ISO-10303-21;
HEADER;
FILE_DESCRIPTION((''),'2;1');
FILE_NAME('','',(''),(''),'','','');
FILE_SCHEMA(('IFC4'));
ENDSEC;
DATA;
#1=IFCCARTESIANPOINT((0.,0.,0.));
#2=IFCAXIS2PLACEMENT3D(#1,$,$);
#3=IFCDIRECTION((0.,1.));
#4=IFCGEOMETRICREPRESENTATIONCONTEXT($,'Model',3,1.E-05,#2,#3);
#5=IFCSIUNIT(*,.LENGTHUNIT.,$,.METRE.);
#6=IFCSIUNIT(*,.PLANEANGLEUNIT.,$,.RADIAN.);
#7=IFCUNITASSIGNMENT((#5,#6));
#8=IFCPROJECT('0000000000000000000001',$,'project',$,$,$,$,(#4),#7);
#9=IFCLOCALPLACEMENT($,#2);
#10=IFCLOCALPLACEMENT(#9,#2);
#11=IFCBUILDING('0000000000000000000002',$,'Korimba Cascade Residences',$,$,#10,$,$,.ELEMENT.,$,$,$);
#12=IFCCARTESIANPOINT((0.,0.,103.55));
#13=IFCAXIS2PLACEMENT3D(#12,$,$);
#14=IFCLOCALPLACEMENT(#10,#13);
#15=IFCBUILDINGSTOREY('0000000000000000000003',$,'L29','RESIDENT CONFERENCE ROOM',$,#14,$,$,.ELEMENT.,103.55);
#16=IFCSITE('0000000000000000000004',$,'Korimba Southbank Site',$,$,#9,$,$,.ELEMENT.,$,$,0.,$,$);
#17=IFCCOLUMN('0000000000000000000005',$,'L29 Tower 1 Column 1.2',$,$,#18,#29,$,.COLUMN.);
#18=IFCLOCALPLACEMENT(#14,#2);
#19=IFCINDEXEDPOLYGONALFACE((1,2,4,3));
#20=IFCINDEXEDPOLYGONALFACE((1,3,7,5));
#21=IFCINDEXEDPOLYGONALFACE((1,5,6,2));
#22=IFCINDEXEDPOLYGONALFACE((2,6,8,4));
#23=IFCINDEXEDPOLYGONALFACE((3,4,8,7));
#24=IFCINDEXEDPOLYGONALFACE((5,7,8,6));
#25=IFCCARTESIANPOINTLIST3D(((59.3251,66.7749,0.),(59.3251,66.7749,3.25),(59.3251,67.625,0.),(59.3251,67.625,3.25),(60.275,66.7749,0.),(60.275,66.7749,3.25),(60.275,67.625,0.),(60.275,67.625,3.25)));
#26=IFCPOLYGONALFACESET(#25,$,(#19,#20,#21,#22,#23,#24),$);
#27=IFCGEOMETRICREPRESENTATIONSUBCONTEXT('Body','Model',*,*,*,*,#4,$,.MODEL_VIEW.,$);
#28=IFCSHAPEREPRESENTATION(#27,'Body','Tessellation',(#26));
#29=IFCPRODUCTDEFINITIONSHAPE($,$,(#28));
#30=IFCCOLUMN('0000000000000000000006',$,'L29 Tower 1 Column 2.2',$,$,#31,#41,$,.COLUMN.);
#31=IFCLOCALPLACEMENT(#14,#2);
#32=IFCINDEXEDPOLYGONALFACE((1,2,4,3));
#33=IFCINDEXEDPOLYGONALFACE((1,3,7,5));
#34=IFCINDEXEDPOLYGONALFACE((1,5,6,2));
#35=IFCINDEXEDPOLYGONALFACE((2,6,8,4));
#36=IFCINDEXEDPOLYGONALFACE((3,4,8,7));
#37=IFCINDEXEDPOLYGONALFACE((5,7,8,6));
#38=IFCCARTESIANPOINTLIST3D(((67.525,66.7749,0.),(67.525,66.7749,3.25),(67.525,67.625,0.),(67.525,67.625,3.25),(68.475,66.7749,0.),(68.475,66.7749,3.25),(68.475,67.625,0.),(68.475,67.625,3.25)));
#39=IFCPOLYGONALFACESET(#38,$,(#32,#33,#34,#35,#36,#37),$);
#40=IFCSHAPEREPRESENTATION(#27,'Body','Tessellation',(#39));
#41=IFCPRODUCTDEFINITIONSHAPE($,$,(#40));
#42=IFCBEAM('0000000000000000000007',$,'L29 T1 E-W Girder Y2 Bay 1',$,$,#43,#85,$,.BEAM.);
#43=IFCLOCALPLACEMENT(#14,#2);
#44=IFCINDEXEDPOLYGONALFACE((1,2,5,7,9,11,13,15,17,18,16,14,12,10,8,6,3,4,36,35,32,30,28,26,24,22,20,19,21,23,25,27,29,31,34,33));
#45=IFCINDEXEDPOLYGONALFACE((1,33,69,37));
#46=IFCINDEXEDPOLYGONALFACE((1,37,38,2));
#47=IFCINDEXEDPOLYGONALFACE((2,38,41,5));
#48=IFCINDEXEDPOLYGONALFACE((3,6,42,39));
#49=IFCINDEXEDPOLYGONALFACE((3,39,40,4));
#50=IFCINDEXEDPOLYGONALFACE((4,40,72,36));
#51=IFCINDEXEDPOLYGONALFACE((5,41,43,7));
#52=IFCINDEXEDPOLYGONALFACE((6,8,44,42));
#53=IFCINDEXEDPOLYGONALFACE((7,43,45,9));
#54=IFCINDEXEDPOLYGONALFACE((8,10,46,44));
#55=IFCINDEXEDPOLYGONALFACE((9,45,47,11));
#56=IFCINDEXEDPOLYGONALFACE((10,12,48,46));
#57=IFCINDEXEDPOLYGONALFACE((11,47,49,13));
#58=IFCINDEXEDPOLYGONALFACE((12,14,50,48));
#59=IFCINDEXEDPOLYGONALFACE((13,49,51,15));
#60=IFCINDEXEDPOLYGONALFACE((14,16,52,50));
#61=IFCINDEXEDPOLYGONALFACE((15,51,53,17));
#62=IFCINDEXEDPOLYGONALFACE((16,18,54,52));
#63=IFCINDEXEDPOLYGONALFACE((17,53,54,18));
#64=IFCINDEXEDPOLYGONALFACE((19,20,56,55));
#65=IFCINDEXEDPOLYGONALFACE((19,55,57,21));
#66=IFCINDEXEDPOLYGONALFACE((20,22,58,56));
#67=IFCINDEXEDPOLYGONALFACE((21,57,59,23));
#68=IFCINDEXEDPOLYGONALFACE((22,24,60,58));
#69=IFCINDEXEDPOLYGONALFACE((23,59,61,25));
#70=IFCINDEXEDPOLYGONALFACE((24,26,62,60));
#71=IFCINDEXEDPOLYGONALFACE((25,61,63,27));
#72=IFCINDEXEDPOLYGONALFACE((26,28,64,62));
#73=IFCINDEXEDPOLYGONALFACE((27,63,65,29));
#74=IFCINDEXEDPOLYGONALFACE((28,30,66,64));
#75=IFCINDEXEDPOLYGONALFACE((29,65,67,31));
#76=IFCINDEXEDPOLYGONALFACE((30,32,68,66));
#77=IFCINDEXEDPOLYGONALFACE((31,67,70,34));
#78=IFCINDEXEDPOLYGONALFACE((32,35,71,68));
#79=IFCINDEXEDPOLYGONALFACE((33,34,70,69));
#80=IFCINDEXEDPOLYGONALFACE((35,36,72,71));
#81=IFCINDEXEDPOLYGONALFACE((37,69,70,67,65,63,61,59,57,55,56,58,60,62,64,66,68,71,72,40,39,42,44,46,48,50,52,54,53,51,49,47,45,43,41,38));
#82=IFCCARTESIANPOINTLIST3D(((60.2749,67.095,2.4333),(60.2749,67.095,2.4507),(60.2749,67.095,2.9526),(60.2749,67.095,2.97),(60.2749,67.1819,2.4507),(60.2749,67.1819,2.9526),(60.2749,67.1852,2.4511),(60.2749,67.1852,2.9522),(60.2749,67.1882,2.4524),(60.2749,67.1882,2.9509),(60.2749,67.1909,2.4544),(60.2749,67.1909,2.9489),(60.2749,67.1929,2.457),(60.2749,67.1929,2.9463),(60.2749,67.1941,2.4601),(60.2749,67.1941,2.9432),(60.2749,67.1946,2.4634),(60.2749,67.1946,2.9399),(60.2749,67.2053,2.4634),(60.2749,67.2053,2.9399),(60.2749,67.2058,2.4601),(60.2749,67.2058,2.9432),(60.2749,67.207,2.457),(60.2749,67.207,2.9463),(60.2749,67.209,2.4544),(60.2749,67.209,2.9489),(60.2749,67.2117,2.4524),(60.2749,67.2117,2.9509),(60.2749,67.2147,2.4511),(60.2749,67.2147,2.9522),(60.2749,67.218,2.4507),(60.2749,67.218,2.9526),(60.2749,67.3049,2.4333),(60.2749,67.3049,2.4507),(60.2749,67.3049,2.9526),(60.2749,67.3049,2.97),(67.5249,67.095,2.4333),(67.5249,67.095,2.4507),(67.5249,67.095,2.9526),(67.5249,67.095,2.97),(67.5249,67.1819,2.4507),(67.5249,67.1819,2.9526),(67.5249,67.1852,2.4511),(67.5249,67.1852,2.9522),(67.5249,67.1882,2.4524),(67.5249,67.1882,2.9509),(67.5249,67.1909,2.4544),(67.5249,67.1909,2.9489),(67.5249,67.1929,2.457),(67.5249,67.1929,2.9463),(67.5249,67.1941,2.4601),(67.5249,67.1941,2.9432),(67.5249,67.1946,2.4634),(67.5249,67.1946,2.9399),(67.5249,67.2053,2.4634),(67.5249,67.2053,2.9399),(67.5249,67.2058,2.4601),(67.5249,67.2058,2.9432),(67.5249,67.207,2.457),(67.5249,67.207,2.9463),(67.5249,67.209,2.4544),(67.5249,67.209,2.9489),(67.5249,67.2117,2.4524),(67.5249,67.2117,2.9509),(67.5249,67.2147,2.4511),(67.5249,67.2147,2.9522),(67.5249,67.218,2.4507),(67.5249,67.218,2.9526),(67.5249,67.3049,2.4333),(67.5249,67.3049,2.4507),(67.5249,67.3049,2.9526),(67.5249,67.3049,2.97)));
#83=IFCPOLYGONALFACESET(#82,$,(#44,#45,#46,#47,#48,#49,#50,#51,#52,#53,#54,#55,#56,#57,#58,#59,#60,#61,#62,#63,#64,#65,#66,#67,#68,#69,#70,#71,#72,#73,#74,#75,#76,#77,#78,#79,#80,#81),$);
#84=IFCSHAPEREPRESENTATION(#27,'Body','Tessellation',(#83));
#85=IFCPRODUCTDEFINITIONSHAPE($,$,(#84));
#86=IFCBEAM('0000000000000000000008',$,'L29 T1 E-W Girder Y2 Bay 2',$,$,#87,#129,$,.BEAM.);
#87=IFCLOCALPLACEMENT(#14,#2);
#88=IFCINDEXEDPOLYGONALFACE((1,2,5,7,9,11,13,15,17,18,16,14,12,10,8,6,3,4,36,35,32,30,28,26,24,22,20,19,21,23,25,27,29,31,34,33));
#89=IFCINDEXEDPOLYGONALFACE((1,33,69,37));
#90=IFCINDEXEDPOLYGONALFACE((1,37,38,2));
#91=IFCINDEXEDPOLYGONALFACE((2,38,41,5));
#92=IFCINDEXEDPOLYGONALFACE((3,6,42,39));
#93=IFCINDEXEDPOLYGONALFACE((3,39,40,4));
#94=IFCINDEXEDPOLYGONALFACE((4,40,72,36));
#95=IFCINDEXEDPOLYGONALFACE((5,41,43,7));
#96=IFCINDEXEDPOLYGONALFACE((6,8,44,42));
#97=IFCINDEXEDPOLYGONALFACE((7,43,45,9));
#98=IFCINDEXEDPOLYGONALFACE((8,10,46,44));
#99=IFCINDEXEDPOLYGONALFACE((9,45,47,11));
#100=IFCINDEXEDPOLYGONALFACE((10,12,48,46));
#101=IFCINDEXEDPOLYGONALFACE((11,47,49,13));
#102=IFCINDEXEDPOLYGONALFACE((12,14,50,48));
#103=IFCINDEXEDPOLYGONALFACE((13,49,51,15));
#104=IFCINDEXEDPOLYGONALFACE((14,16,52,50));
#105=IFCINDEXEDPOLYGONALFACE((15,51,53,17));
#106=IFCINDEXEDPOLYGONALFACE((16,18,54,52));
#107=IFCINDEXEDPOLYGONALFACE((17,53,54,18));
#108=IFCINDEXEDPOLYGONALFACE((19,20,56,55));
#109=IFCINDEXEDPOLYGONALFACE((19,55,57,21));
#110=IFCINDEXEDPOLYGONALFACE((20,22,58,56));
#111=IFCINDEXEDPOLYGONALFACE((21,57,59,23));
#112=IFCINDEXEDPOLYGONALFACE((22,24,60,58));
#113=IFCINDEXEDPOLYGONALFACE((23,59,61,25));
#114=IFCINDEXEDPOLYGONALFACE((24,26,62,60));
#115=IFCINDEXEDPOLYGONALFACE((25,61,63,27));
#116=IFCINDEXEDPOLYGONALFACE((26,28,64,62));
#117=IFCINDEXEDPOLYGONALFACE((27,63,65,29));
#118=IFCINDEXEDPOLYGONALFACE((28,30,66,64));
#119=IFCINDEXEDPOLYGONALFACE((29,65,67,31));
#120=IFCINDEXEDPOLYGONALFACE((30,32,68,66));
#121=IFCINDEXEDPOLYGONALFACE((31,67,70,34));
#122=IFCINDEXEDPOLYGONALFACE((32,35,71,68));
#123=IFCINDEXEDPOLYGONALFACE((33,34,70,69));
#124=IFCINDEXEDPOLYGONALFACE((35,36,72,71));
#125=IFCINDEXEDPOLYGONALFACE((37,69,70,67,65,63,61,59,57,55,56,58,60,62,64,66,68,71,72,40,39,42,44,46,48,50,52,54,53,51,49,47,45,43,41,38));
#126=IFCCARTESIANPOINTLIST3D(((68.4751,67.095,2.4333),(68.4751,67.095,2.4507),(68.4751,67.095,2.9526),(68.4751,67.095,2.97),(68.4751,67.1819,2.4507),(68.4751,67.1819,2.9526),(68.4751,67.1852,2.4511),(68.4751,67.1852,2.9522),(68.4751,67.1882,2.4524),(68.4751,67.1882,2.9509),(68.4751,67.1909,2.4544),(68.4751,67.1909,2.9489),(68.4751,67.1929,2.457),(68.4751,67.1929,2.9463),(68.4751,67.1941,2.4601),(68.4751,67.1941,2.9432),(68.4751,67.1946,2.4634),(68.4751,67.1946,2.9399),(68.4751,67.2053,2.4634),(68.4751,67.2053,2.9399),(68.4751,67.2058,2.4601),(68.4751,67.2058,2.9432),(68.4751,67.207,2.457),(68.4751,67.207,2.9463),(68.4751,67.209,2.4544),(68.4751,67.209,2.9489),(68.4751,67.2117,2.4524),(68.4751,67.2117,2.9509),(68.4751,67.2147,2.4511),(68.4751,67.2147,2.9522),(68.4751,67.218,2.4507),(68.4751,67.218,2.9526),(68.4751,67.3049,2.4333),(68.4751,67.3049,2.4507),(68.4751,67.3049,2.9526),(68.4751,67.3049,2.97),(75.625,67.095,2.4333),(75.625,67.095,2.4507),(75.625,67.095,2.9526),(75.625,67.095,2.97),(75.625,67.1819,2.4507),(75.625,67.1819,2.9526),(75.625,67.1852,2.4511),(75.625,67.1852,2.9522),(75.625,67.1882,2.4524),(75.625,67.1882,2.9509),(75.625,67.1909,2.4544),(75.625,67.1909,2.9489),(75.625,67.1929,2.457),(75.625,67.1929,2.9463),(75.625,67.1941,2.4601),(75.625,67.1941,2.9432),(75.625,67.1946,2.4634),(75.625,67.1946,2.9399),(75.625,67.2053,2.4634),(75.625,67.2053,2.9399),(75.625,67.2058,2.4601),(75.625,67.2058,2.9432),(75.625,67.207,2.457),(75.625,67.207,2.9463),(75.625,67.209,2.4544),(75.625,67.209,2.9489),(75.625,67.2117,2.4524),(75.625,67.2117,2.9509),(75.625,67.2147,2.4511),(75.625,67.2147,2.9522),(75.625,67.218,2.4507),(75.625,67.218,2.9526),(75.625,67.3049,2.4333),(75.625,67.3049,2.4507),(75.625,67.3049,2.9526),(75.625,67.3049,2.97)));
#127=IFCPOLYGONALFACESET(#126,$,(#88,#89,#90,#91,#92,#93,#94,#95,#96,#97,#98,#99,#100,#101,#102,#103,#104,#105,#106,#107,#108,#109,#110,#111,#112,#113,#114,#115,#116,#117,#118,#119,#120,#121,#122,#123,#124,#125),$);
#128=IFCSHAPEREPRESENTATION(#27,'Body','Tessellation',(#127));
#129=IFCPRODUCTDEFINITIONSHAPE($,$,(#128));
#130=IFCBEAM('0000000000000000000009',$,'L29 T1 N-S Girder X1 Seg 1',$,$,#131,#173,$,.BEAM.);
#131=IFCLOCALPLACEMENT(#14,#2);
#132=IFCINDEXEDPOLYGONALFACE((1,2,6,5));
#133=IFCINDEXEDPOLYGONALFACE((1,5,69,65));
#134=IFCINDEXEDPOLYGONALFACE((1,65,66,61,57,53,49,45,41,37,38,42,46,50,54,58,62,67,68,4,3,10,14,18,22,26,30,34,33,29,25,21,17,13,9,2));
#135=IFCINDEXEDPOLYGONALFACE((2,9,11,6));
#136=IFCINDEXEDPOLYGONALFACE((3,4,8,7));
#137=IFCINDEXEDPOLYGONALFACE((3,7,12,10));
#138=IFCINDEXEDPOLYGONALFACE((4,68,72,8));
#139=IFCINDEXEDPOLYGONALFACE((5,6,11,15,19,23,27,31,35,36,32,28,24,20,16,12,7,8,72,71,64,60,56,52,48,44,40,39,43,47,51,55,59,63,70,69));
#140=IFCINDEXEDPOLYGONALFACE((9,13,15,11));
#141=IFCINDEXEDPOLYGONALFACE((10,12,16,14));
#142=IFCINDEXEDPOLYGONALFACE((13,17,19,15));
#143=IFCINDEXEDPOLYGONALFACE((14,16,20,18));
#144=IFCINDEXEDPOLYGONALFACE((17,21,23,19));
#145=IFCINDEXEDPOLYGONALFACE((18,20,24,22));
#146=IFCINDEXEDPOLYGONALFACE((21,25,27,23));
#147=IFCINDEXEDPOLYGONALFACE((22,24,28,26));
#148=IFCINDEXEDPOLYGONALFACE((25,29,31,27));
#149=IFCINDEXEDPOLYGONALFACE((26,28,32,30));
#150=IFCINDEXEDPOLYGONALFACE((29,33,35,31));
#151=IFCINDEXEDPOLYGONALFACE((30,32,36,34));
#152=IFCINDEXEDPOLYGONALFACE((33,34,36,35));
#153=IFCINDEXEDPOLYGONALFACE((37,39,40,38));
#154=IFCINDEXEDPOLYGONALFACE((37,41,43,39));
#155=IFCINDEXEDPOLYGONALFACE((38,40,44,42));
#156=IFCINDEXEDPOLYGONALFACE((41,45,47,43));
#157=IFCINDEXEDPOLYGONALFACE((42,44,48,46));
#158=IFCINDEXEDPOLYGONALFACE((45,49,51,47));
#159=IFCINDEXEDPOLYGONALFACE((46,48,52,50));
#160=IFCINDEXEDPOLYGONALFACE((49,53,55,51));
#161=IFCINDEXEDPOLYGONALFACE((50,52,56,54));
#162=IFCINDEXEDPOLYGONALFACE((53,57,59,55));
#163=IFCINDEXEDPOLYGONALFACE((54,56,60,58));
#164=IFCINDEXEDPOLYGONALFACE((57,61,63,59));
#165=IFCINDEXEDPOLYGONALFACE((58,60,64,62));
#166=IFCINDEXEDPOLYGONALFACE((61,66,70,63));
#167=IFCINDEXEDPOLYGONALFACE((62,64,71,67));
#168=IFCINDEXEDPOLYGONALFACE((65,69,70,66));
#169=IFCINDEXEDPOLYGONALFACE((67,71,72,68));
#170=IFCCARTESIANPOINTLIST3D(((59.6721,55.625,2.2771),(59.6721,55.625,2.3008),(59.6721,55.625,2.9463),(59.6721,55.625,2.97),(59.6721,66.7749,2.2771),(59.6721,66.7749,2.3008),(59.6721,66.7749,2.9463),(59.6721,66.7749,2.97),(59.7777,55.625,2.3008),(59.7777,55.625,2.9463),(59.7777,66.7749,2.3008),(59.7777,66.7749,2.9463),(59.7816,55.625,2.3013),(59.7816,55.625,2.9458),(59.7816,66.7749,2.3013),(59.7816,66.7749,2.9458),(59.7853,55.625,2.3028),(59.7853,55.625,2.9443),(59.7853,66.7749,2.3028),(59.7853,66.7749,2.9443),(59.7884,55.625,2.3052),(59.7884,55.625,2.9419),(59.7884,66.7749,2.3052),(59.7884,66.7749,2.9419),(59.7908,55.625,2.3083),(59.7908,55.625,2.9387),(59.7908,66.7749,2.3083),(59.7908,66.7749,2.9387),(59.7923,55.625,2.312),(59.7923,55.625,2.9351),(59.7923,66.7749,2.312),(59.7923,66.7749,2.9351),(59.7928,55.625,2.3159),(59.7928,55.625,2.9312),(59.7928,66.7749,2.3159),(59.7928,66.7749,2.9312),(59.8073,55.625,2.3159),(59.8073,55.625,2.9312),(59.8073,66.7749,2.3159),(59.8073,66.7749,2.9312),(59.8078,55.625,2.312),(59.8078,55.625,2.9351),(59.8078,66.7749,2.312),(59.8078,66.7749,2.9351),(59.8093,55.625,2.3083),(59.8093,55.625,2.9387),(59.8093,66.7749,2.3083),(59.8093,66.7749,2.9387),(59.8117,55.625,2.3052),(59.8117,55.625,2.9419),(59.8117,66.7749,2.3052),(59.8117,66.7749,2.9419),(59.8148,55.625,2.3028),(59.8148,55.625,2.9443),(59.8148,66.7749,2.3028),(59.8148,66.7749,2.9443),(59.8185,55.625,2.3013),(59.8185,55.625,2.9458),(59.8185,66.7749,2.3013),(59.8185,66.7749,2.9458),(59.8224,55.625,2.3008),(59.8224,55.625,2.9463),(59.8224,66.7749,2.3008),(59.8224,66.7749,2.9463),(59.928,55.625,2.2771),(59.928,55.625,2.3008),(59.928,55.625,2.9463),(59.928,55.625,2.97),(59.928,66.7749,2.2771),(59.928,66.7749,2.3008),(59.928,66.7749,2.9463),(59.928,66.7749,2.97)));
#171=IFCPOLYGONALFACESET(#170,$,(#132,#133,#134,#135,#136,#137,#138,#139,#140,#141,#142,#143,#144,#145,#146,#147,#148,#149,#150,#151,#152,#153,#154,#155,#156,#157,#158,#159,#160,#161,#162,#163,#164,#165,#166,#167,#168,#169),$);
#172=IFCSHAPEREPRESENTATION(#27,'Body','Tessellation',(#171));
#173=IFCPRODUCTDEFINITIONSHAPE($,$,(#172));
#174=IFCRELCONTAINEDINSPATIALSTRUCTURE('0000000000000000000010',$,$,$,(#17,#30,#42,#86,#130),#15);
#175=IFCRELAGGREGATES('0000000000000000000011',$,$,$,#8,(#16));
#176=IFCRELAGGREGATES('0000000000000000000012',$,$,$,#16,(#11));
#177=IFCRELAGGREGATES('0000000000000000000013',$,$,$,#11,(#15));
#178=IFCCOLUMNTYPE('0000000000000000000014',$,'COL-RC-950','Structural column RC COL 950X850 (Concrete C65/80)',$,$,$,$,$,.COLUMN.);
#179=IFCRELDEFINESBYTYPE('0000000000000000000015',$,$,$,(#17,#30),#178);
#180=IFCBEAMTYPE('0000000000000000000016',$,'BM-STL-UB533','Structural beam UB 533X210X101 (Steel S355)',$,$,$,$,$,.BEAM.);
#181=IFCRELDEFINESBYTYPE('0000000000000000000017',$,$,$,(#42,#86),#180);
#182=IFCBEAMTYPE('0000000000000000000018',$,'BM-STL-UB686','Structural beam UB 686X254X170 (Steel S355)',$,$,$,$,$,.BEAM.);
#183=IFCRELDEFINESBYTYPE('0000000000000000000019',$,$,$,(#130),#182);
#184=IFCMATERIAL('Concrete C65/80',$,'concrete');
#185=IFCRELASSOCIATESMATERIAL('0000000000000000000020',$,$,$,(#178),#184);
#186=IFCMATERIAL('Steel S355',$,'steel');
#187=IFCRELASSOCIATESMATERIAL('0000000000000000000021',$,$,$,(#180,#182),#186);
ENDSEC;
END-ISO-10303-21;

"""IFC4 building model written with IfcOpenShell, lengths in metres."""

from ifc_helpers import new_model, si_unit, direction, frame, origin, origin_2d, place, context, subcontext, project, spatial, rectangle, i_section, extrude, material, material_profile, profile_set, type_object, element, save


model = new_model("IFC4")

# Units and contexts
model_context = context("Model", 3, precision=1e-05, world=origin(), true_north=direction((0.0, 1.0)))
body_context = subcontext(model_context, "Body", "Model", "MODEL_VIEW")
ifc_project = project(units=[si_unit("LENGTHUNIT", "METRE"), si_unit("PLANEANGLEUNIT", "RADIAN")], contexts=[model_context])

# Site, building, storey
site_placement = place(None, origin())
site = spatial("IfcSite", under=ifc_project, at=site_placement, Name="Korimba Southbank Site", CompositionType="ELEMENT", RefElevation=0.0)
building_placement = place(site_placement, origin())
building = spatial("IfcBuilding", under=site, at=building_placement, Name="Korimba Cascade Residences", CompositionType="ELEMENT")
storey_placement = place(building_placement, frame((0.0, 0.0, 103.55)))
storey = spatial("IfcBuildingStorey", under=building, at=storey_placement, Name="L29", Description="RESIDENT CONFERENCE ROOM", CompositionType="ELEMENT", Elevation=103.55)

# Columns
ifc_material_1 = material(Name="Concrete C65/80", Category="concrete")
ifc_material_profile_1 = material_profile(ifc_material_1, rectangle(XDim=0.95, YDim=0.8501, at=origin_2d()), Name="Concrete C65/80")
ifc_profile_set_1 = profile_set([ifc_material_profile_1], Name="Concrete C65/80")
column_type = type_object("IfcColumnType", Name="COL-RC-950", Description="Structural column RC COL 950X850 (Concrete C65/80)", PredefinedType="COLUMN", material=ifc_profile_set_1)
for number, where, z_axis, x_axis, name in (
    (1, (59.8, 67.2, 0.0), (0.0, 0.0, 1.0), (1.0, 0.0, 0.0), "L29 Tower 1 Column 1.2"),
    (2, (68.0, 67.2, 0.0), (0.0, 0.0, 1.0), (1.0, 0.0, 0.0), "L29 Tower 1 Column 2.2"),
):
    element("IfcColumn", number, at=place(storey_placement, frame(where, z_axis=z_axis, x_axis=x_axis)), inside=storey, type_object=column_type, Name=name, PredefinedType="COLUMN", context=body_context, shape_type="SweptSolid", body=[
        extrude(rectangle(XDim=0.95, YDim=0.8501, at=origin_2d()), origin(), (0.0, 0.0, 1.0), 3.25),
    ])

# Beams
ifc_material_2 = material(Name="Steel S355", Category="steel")
ifc_material_profile_2 = material_profile(ifc_material_2, i_section(OverallWidth=0.21, OverallDepth=0.5366, WebThickness=0.0107, FlangeThickness=0.0173, FilletRadius=0.0127, at=origin_2d()), Name="Steel S355")
ifc_profile_set_2 = profile_set([ifc_material_profile_2], Name="Steel S355")
beam_type_1 = type_object("IfcBeamType", Name="BM-STL-UB533", Description="Structural beam UB 533X210X101 (Steel S355)", PredefinedType="BEAM", material=ifc_profile_set_2)
beam_1_placement = place(storey_placement, frame((60.2749, 67.2, 2.7017), z_axis=(1.0, 0.0, 0.0), x_axis=(0.0, 1.0, 0.0)))
element("IfcBeam", 3, at=beam_1_placement, inside=storey, type_object=beam_type_1, Name="L29 T1 E-W Girder Y2 Bay 1", PredefinedType="BEAM", context=body_context, shape_type="SweptSolid", body=[
    extrude(i_section(OverallWidth=0.21, OverallDepth=0.5366, WebThickness=0.0107, FlangeThickness=0.0173, FilletRadius=0.0127, at=origin_2d()), origin(), (0.0, 0.0, 1.0), 7.25),
])
beam_2_placement = place(storey_placement, frame((68.4751, 67.2, 2.7017), z_axis=(1.0, 0.0, 0.0), x_axis=(0.0, 1.0, 0.0)))
element("IfcBeam", 4, at=beam_2_placement, inside=storey, type_object=beam_type_1, Name="L29 T1 E-W Girder Y2 Bay 2", PredefinedType="BEAM", context=body_context, shape_type="SweptSolid", body=[
    extrude(i_section(OverallWidth=0.21, OverallDepth=0.5366, WebThickness=0.0107, FlangeThickness=0.0173, FilletRadius=0.0127, at=origin_2d()), origin(), (0.0, 0.0, 1.0), 7.1499),
])
ifc_material_profile_3 = material_profile(ifc_material_2, i_section(OverallWidth=0.2559, OverallDepth=0.6929, WebThickness=0.0144, FlangeThickness=0.0237, FilletRadius=0.0151, at=origin_2d()), Name="Steel S355")
ifc_profile_set_3 = profile_set([ifc_material_profile_3], Name="Steel S355")
beam_type_2 = type_object("IfcBeamType", Name="BM-STL-UB686", Description="Structural beam UB 686X254X170 (Steel S355)", PredefinedType="BEAM", material=ifc_profile_set_3)
beam_3_placement = place(storey_placement, frame((59.8, 55.625, 2.6235), z_axis=(0.0, 1.0, 0.0), x_axis=(-1.0, 0.0, 0.0)))
element("IfcBeam", 5, at=beam_3_placement, inside=storey, type_object=beam_type_2, Name="L29 T1 N-S Girder X1 Seg 1", PredefinedType="BEAM", context=body_context, shape_type="SweptSolid", body=[
    extrude(i_section(OverallWidth=0.2559, OverallDepth=0.6929, WebThickness=0.0144, FlangeThickness=0.0237, FilletRadius=0.0151, at=origin_2d()), origin(), (0.0, 0.0, 1.0), 11.1499),
])

save(model, "model.ifc")
